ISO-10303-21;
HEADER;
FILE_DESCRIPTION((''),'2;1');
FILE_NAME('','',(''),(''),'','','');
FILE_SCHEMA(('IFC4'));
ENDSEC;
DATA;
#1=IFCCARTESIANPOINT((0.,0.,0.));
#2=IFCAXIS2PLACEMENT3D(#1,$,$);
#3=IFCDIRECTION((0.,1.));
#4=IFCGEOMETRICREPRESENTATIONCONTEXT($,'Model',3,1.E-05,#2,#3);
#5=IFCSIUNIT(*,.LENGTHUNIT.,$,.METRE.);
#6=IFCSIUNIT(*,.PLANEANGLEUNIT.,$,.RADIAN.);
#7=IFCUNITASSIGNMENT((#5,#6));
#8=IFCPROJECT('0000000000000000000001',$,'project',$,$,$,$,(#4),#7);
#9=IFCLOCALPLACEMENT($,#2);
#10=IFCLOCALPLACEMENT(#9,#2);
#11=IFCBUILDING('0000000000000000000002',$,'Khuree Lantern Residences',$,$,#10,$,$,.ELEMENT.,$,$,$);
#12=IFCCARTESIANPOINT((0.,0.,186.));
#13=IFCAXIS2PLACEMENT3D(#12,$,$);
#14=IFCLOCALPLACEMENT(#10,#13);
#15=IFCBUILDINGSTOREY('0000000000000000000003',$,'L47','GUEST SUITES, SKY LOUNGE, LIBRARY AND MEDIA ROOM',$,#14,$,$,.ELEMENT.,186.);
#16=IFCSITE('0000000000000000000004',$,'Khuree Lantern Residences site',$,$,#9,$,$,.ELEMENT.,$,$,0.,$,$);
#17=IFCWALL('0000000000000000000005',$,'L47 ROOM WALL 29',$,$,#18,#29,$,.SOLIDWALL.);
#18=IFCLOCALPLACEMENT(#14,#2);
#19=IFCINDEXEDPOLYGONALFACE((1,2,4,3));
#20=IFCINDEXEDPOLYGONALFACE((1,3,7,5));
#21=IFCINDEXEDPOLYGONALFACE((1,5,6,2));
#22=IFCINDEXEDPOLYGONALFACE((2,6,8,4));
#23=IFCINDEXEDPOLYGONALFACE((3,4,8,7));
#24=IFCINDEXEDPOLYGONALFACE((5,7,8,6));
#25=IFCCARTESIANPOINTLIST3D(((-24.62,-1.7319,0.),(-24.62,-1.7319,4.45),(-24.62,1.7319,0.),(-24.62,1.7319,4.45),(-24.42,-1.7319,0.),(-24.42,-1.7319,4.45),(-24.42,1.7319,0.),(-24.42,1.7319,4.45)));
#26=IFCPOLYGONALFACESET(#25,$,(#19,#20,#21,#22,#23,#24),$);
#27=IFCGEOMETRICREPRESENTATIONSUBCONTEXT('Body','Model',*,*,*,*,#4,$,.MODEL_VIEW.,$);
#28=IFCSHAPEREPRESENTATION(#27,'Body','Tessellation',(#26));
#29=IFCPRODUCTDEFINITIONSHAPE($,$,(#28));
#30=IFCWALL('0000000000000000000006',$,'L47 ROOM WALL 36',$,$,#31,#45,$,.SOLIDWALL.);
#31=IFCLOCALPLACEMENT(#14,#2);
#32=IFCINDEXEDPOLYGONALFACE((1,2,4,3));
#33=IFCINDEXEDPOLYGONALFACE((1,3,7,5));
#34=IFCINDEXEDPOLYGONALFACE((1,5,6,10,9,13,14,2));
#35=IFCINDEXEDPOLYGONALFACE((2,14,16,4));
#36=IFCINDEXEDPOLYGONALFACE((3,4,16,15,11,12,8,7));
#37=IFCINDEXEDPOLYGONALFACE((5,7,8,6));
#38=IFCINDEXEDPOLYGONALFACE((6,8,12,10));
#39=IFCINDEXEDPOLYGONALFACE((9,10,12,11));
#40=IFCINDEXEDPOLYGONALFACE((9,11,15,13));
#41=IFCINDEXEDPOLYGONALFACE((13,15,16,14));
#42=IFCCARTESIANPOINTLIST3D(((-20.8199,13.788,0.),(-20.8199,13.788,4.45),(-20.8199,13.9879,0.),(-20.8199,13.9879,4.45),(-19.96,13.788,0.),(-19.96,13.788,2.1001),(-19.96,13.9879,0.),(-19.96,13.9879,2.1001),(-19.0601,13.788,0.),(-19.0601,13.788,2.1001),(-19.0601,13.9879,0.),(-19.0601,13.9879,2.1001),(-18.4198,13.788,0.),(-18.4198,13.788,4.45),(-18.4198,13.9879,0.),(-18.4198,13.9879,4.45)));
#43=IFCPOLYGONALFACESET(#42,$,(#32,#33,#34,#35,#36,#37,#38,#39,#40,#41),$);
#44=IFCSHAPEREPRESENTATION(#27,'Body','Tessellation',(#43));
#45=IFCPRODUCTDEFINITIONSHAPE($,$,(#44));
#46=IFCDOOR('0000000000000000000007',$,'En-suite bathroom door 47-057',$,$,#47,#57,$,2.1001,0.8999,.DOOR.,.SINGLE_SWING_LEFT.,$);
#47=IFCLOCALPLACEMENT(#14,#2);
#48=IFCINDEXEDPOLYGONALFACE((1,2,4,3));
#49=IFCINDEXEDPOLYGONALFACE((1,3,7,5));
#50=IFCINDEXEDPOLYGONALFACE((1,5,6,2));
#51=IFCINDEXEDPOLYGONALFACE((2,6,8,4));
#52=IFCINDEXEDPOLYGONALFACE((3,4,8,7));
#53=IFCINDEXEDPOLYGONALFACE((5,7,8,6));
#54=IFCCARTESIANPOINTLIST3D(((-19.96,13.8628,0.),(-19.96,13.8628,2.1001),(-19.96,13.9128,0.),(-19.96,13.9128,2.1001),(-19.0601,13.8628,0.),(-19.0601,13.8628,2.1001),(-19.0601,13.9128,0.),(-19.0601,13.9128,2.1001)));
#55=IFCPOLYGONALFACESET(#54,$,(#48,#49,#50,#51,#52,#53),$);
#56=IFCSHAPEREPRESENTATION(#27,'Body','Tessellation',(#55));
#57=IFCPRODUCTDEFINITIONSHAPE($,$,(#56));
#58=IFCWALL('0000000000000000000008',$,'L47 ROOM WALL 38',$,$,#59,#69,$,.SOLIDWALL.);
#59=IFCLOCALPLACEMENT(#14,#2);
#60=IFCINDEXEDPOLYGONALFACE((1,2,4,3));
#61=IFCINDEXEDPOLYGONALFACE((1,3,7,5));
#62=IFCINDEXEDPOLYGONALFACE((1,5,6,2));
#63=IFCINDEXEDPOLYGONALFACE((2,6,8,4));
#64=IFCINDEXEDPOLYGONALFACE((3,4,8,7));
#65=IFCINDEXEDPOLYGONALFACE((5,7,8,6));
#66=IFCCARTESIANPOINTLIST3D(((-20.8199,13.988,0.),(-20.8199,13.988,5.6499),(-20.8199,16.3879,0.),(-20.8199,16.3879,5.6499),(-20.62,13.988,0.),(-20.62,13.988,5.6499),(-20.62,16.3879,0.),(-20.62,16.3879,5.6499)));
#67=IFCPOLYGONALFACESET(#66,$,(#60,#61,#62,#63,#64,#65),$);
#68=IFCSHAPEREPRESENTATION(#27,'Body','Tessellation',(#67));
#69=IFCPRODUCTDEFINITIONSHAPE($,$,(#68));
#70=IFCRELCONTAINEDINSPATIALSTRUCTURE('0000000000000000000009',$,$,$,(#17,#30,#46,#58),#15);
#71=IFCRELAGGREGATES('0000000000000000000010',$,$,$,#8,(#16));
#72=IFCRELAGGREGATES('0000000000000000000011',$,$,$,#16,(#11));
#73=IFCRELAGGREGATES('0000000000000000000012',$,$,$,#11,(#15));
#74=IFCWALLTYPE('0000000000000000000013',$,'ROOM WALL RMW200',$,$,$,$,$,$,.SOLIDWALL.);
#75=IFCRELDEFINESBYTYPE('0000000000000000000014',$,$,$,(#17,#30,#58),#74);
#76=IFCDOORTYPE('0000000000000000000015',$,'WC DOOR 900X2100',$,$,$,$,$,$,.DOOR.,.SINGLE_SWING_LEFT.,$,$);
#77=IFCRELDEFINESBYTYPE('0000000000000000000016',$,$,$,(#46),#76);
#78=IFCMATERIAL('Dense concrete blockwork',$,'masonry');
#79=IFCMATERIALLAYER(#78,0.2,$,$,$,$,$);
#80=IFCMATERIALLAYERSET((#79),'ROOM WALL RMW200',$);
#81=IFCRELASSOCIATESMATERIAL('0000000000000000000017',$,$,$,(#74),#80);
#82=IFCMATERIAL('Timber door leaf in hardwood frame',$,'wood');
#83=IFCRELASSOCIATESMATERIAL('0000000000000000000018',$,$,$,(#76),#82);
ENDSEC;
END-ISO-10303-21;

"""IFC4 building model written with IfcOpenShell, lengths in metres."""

from ifc_helpers import new_model, si_unit, direction, frame, frame_2d, origin, place, context, subcontext, project, spatial, rectangle, extrude, material, layer, layer_set, type_object, element, fill, save


model = new_model("IFC4")

# Units and contexts
model_context = context("Model", 3, precision=1e-05, world=origin(), true_north=direction((0.0, 1.0)))
body_context = subcontext(model_context, "Body", "Model", "MODEL_VIEW")
ifc_project = project(units=[si_unit("LENGTHUNIT", "METRE"), si_unit("PLANEANGLEUNIT", "RADIAN")], contexts=[model_context])

# Site, building, storey
site_placement = place(None, origin())
site = spatial("IfcSite", under=ifc_project, at=site_placement, Name="Khuree Lantern Residences site", CompositionType="ELEMENT", RefElevation=0.0)
building_placement = place(site_placement, origin())
building = spatial("IfcBuilding", under=site, at=building_placement, Name="Khuree Lantern Residences", CompositionType="ELEMENT")
storey_placement = place(building_placement, frame((0.0, 0.0, 186.0)))
storey = spatial("IfcBuildingStorey", under=building, at=storey_placement, Name="L47", Description="GUEST SUITES, SKY LOUNGE, LIBRARY AND MEDIA ROOM", CompositionType="ELEMENT", Elevation=186.0)

# Wall
ifc_material_1 = material(Name="Dense concrete blockwork", Category="masonry")
ifc_layer = layer(ifc_material_1, 0.2)
ifc_layer_set = layer_set([ifc_layer], Name="ROOM WALL RMW200")
wall_type = type_object("IfcWallType", Name="ROOM WALL RMW200", PredefinedType="SOLIDWALL", material=ifc_layer_set)
wall_1_placement = place(storey_placement, frame((-24.52, -1.7319, 0.0), z_axis=(0.0, 0.0, 1.0), x_axis=(0.0, 1.0, 0.0)))
element("IfcWall", 1, at=wall_1_placement, inside=storey, type_object=wall_type, Name="L47 ROOM WALL 29", PredefinedType="SOLIDWALL", context=body_context, shape_type="SweptSolid", body=[
    extrude(rectangle(XDim=3.4639, YDim=0.2, at=frame_2d((1.7319, 0.0))), origin(), (0.0, 0.0, 1.0), 4.45),
])

# Wall, opening, door
wall_2_placement = place(storey_placement, frame((-20.8201, 13.8879, 0.0), z_axis=(0.0, 0.0, 1.0), x_axis=(1.0, 0.0, 0.0)))
wall_2 = element("IfcWall", 2, at=wall_2_placement, inside=storey, type_object=wall_type, Name="L47 ROOM WALL 36", PredefinedType="SOLIDWALL", context=body_context, shape_type="SweptSolid", body=[
    extrude(rectangle(XDim=2.4001, YDim=0.2, at=frame_2d((1.2002, 0.0))), origin(), (0.0, 0.0, 1.0), 4.45),
])
opening_placement = place(wall_2_placement, frame((0.8601, 0.0, 0.0)))
opening = element("IfcOpeningElement", 3, at=opening_placement, cuts=wall_2, PredefinedType="OPENING", context=body_context, shape_type="SweptSolid", body=[
    extrude(rectangle(XDim=0.8999, YDim=2.1001, at=frame_2d((0.45, 1.05))), frame((0.0, 0.1099, 0.0), z_axis=(0.0, -1.0, 0.0), x_axis=(1.0, 0.0, 0.0)), (0.0, 0.0, 1.0), 0.22),
])
ifc_material_2 = material(Name="Timber door leaf in hardwood frame", Category="wood")
door_type = type_object("IfcDoorType", Name="WC DOOR 900X2100", OperationType="SINGLE_SWING_LEFT", PredefinedType="DOOR", material=ifc_material_2)
door_placement = place(opening_placement, origin())
door = element("IfcDoor", 4, at=door_placement, inside=storey, type_object=door_type, Name="En-suite bathroom door 47-057", OperationType="SINGLE_SWING_LEFT", OverallHeight=2.1001, OverallWidth=0.8999, PredefinedType="DOOR", context=body_context, shape_type="SweptSolid", body=[
    extrude(rectangle(XDim=0.8999, YDim=2.1001, at=frame_2d((0.45, 1.05))), frame((0.0, 0.0249, 0.0), z_axis=(0.0, -1.0, 0.0), x_axis=(1.0, 0.0, 0.0)), (0.0, 0.0, 1.0), 0.05),
])
fill(opening, door)

# Wall
wall_3_placement = place(storey_placement, frame((-20.72, 13.988, 0.0), z_axis=(0.0, 0.0, 1.0), x_axis=(0.0, 1.0, 0.0)))
element("IfcWall", 5, at=wall_3_placement, inside=storey, type_object=wall_type, Name="L47 ROOM WALL 38", PredefinedType="SOLIDWALL", context=body_context, shape_type="SweptSolid", body=[
    extrude(rectangle(XDim=2.3999, YDim=0.2, at=frame_2d((1.2, 0.0))), origin(), (0.0, 0.0, 1.0), 5.6499),
])

save(model, "model.ifc")
